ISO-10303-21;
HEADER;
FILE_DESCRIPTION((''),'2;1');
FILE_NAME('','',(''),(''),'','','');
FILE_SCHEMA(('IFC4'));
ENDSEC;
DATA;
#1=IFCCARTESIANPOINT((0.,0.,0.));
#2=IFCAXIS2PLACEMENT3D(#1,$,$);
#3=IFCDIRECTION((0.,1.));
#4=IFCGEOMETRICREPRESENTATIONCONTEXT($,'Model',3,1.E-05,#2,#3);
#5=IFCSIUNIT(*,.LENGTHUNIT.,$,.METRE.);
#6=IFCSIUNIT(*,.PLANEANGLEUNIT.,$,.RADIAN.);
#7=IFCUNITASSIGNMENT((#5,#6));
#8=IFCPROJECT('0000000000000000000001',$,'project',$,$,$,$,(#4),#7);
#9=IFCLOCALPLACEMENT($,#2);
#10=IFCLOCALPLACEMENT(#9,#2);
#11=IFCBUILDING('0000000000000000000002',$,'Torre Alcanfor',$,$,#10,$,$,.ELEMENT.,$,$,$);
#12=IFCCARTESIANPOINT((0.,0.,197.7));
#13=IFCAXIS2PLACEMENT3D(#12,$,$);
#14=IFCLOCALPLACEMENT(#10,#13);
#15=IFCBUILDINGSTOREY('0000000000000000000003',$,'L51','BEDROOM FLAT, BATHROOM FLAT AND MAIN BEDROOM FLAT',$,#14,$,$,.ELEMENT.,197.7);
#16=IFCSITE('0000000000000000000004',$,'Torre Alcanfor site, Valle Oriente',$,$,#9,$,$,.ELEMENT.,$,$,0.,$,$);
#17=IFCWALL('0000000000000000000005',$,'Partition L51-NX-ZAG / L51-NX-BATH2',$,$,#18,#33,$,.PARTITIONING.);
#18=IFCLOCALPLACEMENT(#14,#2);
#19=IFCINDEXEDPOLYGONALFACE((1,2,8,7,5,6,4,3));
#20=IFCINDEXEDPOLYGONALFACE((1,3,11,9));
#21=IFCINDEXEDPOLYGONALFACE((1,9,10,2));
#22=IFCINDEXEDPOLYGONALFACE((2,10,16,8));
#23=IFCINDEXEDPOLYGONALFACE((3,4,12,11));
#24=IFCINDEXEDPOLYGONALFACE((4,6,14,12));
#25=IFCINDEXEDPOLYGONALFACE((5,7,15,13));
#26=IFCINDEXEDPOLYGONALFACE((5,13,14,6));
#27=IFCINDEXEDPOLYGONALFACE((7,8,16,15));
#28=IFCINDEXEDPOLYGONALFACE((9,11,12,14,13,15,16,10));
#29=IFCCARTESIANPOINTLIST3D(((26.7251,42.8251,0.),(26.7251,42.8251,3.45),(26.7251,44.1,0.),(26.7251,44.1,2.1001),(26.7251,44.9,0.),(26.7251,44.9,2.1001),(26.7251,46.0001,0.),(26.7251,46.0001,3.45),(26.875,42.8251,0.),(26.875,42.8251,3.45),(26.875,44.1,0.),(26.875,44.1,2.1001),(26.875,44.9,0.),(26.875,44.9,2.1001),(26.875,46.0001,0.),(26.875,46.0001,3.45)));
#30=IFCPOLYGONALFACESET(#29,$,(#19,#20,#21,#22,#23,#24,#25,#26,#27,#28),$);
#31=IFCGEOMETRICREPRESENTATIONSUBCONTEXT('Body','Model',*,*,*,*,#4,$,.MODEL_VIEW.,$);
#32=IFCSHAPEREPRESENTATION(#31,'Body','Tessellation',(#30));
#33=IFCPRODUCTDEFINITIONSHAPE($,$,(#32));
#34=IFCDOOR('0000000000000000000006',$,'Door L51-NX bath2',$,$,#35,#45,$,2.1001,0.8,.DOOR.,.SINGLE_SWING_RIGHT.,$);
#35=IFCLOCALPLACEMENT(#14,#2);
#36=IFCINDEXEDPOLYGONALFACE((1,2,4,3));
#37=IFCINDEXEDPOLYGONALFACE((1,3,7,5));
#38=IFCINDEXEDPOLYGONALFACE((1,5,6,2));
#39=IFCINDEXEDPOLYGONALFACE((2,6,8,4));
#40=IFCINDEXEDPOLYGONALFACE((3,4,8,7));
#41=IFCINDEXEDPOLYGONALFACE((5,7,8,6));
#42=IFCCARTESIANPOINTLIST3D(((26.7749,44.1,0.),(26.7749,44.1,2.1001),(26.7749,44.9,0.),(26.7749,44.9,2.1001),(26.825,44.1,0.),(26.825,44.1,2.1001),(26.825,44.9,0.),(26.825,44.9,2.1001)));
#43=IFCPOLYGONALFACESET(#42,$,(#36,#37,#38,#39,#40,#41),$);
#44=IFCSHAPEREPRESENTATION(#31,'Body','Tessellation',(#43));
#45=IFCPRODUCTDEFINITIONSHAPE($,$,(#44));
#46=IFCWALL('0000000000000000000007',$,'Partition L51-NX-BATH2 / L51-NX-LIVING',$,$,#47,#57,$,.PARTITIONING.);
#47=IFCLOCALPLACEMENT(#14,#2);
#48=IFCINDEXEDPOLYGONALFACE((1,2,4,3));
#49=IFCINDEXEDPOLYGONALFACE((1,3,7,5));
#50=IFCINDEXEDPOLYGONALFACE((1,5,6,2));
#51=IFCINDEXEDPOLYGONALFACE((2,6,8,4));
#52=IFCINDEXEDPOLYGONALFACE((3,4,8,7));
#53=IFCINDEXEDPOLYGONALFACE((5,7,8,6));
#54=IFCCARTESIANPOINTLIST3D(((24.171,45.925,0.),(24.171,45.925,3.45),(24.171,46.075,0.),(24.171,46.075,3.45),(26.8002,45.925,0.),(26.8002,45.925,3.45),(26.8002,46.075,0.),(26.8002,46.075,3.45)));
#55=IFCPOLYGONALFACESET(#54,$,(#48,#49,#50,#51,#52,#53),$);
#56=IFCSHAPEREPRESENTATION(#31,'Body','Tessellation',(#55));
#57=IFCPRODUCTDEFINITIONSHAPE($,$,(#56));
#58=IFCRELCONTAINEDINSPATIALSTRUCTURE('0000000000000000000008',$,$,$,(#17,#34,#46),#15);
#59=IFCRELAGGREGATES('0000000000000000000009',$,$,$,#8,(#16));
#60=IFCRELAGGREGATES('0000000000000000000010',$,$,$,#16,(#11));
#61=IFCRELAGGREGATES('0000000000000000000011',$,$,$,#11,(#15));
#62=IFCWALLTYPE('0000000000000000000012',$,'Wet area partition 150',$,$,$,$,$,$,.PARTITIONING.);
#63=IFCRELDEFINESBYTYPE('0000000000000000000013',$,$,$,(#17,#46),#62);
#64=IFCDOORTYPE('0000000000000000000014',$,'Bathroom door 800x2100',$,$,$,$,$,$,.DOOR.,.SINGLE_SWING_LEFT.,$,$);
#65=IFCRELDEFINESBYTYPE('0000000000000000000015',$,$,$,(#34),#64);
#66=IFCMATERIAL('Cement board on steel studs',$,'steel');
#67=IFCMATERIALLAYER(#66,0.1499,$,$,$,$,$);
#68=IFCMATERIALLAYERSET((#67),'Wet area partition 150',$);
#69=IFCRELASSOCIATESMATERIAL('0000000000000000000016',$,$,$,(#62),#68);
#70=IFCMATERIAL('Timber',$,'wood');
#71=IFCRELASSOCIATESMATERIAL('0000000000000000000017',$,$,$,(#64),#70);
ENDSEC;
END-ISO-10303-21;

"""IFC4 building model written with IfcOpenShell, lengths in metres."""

from ifc_helpers import new_model, si_unit, direction, frame, frame_2d, origin, place, context, subcontext, project, spatial, rectangle, extrude, material, layer, layer_set, type_object, element, fill, save


model = new_model("IFC4")

# Units and contexts
model_context = context("Model", 3, precision=1e-05, world=origin(), true_north=direction((0.0, 1.0)))
body_context = subcontext(model_context, "Body", "Model", "MODEL_VIEW")
ifc_project = project(units=[si_unit("LENGTHUNIT", "METRE"), si_unit("PLANEANGLEUNIT", "RADIAN")], contexts=[model_context])

# Site, building, storey
site_placement = place(None, origin())
site = spatial("IfcSite", under=ifc_project, at=site_placement, Name="Torre Alcanfor site, Valle Oriente", CompositionType="ELEMENT", RefElevation=0.0)
building_placement = place(site_placement, origin())
building = spatial("IfcBuilding", under=site, at=building_placement, Name="Torre Alcanfor", CompositionType="ELEMENT")
storey_placement = place(building_placement, frame((0.0, 0.0, 197.7)))
storey = spatial("IfcBuildingStorey", under=building, at=storey_placement, Name="L51", Description="BEDROOM FLAT, BATHROOM FLAT AND MAIN BEDROOM FLAT", CompositionType="ELEMENT", Elevation=197.7)

# Wall, opening, door
ifc_material_1 = material(Name="Cement board on steel studs", Category="steel")
ifc_layer_1 = layer(ifc_material_1, 0.1499)
ifc_layer_set_1 = layer_set([ifc_layer_1], Name="Wet area partition 150")
wall_type_1 = type_object("IfcWallType", Name="Wet area partition 150", PredefinedType="PARTITIONING", material=ifc_layer_set_1)
wall_1_placement = place(storey_placement, frame((26.8, 46.0, 0.0), z_axis=(0.0, 0.0, 1.0), x_axis=(0.0, -1.0, 0.0)))
wall_1 = element("IfcWall", 1, at=wall_1_placement, inside=storey, type_object=wall_type_1, Name="Partition L51-NX-ZAG / L51-NX-BATH2", PredefinedType="PARTITIONING", context=body_context, shape_type="SweptSolid", body=[
    extrude(rectangle(XDim=3.175, YDim=0.1499, at=frame_2d((1.5874, 0.0))), origin(), (0.0, 0.0, 1.0), 3.45),
])
opening_1_placement = place(wall_1_placement, frame((1.1001, 0.0, 0.0)))
opening_1 = element("IfcOpeningElement", 2, at=opening_1_placement, cuts=wall_1, PredefinedType="OPENING", context=body_context, shape_type="SweptSolid", body=[
    extrude(rectangle(XDim=0.8, YDim=2.1001, at=frame_2d((0.3999, 1.05))), frame((0.0, 0.085, 0.0), z_axis=(0.0, -1.0, 0.0), x_axis=(1.0, 0.0, 0.0)), (0.0, 0.0, 1.0), 0.1699),
])
ifc_material_2 = material(Name="Timber", Category="wood")
door_type_1 = type_object("IfcDoorType", Name="Bathroom door 800x2100", OperationType="SINGLE_SWING_LEFT", PredefinedType="DOOR", material=ifc_material_2)
door_1_placement = place(opening_1_placement, frame((0.8, 0.0, 0.0), z_axis=(0.0, 0.0, 1.0), x_axis=(-1.0, 0.0, 0.0)))
door_1 = element("IfcDoor", 3, at=door_1_placement, inside=storey, type_object=door_type_1, Name="Door L51-NX bath2", OperationType="SINGLE_SWING_RIGHT", OverallHeight=2.1001, OverallWidth=0.8, PredefinedType="DOOR", context=body_context, shape_type="SweptSolid", body=[
    extrude(rectangle(XDim=0.8, YDim=2.1001, at=frame_2d((0.4001, 1.05))), frame((0.0, 0.0251, 0.0), z_axis=(0.0, -1.0, 0.0), x_axis=(1.0, 0.0, 0.0)), (0.0, 0.0, 1.0), 0.05),
])
fill(opening_1, door_1)

# Wall
wall_2_placement = place(storey_placement, frame((26.8, 46.0, 0.0), z_axis=(0.0, 0.0, 1.0), x_axis=(-1.0, 0.0, 0.0)))
element("IfcWall", 4, at=wall_2_placement, inside=storey, type_object=wall_type_1, Name="Partition L51-NX-BATH2 / L51-NX-LIVING", PredefinedType="PARTITIONING", context=body_context, shape_type="SweptSolid", body=[
    extrude(rectangle(XDim=2.6292, YDim=0.1499, at=frame_2d((1.3145, 0.0))), origin(), (0.0, 0.0, 1.0), 3.45),
])

save(model, "model.ifc")
